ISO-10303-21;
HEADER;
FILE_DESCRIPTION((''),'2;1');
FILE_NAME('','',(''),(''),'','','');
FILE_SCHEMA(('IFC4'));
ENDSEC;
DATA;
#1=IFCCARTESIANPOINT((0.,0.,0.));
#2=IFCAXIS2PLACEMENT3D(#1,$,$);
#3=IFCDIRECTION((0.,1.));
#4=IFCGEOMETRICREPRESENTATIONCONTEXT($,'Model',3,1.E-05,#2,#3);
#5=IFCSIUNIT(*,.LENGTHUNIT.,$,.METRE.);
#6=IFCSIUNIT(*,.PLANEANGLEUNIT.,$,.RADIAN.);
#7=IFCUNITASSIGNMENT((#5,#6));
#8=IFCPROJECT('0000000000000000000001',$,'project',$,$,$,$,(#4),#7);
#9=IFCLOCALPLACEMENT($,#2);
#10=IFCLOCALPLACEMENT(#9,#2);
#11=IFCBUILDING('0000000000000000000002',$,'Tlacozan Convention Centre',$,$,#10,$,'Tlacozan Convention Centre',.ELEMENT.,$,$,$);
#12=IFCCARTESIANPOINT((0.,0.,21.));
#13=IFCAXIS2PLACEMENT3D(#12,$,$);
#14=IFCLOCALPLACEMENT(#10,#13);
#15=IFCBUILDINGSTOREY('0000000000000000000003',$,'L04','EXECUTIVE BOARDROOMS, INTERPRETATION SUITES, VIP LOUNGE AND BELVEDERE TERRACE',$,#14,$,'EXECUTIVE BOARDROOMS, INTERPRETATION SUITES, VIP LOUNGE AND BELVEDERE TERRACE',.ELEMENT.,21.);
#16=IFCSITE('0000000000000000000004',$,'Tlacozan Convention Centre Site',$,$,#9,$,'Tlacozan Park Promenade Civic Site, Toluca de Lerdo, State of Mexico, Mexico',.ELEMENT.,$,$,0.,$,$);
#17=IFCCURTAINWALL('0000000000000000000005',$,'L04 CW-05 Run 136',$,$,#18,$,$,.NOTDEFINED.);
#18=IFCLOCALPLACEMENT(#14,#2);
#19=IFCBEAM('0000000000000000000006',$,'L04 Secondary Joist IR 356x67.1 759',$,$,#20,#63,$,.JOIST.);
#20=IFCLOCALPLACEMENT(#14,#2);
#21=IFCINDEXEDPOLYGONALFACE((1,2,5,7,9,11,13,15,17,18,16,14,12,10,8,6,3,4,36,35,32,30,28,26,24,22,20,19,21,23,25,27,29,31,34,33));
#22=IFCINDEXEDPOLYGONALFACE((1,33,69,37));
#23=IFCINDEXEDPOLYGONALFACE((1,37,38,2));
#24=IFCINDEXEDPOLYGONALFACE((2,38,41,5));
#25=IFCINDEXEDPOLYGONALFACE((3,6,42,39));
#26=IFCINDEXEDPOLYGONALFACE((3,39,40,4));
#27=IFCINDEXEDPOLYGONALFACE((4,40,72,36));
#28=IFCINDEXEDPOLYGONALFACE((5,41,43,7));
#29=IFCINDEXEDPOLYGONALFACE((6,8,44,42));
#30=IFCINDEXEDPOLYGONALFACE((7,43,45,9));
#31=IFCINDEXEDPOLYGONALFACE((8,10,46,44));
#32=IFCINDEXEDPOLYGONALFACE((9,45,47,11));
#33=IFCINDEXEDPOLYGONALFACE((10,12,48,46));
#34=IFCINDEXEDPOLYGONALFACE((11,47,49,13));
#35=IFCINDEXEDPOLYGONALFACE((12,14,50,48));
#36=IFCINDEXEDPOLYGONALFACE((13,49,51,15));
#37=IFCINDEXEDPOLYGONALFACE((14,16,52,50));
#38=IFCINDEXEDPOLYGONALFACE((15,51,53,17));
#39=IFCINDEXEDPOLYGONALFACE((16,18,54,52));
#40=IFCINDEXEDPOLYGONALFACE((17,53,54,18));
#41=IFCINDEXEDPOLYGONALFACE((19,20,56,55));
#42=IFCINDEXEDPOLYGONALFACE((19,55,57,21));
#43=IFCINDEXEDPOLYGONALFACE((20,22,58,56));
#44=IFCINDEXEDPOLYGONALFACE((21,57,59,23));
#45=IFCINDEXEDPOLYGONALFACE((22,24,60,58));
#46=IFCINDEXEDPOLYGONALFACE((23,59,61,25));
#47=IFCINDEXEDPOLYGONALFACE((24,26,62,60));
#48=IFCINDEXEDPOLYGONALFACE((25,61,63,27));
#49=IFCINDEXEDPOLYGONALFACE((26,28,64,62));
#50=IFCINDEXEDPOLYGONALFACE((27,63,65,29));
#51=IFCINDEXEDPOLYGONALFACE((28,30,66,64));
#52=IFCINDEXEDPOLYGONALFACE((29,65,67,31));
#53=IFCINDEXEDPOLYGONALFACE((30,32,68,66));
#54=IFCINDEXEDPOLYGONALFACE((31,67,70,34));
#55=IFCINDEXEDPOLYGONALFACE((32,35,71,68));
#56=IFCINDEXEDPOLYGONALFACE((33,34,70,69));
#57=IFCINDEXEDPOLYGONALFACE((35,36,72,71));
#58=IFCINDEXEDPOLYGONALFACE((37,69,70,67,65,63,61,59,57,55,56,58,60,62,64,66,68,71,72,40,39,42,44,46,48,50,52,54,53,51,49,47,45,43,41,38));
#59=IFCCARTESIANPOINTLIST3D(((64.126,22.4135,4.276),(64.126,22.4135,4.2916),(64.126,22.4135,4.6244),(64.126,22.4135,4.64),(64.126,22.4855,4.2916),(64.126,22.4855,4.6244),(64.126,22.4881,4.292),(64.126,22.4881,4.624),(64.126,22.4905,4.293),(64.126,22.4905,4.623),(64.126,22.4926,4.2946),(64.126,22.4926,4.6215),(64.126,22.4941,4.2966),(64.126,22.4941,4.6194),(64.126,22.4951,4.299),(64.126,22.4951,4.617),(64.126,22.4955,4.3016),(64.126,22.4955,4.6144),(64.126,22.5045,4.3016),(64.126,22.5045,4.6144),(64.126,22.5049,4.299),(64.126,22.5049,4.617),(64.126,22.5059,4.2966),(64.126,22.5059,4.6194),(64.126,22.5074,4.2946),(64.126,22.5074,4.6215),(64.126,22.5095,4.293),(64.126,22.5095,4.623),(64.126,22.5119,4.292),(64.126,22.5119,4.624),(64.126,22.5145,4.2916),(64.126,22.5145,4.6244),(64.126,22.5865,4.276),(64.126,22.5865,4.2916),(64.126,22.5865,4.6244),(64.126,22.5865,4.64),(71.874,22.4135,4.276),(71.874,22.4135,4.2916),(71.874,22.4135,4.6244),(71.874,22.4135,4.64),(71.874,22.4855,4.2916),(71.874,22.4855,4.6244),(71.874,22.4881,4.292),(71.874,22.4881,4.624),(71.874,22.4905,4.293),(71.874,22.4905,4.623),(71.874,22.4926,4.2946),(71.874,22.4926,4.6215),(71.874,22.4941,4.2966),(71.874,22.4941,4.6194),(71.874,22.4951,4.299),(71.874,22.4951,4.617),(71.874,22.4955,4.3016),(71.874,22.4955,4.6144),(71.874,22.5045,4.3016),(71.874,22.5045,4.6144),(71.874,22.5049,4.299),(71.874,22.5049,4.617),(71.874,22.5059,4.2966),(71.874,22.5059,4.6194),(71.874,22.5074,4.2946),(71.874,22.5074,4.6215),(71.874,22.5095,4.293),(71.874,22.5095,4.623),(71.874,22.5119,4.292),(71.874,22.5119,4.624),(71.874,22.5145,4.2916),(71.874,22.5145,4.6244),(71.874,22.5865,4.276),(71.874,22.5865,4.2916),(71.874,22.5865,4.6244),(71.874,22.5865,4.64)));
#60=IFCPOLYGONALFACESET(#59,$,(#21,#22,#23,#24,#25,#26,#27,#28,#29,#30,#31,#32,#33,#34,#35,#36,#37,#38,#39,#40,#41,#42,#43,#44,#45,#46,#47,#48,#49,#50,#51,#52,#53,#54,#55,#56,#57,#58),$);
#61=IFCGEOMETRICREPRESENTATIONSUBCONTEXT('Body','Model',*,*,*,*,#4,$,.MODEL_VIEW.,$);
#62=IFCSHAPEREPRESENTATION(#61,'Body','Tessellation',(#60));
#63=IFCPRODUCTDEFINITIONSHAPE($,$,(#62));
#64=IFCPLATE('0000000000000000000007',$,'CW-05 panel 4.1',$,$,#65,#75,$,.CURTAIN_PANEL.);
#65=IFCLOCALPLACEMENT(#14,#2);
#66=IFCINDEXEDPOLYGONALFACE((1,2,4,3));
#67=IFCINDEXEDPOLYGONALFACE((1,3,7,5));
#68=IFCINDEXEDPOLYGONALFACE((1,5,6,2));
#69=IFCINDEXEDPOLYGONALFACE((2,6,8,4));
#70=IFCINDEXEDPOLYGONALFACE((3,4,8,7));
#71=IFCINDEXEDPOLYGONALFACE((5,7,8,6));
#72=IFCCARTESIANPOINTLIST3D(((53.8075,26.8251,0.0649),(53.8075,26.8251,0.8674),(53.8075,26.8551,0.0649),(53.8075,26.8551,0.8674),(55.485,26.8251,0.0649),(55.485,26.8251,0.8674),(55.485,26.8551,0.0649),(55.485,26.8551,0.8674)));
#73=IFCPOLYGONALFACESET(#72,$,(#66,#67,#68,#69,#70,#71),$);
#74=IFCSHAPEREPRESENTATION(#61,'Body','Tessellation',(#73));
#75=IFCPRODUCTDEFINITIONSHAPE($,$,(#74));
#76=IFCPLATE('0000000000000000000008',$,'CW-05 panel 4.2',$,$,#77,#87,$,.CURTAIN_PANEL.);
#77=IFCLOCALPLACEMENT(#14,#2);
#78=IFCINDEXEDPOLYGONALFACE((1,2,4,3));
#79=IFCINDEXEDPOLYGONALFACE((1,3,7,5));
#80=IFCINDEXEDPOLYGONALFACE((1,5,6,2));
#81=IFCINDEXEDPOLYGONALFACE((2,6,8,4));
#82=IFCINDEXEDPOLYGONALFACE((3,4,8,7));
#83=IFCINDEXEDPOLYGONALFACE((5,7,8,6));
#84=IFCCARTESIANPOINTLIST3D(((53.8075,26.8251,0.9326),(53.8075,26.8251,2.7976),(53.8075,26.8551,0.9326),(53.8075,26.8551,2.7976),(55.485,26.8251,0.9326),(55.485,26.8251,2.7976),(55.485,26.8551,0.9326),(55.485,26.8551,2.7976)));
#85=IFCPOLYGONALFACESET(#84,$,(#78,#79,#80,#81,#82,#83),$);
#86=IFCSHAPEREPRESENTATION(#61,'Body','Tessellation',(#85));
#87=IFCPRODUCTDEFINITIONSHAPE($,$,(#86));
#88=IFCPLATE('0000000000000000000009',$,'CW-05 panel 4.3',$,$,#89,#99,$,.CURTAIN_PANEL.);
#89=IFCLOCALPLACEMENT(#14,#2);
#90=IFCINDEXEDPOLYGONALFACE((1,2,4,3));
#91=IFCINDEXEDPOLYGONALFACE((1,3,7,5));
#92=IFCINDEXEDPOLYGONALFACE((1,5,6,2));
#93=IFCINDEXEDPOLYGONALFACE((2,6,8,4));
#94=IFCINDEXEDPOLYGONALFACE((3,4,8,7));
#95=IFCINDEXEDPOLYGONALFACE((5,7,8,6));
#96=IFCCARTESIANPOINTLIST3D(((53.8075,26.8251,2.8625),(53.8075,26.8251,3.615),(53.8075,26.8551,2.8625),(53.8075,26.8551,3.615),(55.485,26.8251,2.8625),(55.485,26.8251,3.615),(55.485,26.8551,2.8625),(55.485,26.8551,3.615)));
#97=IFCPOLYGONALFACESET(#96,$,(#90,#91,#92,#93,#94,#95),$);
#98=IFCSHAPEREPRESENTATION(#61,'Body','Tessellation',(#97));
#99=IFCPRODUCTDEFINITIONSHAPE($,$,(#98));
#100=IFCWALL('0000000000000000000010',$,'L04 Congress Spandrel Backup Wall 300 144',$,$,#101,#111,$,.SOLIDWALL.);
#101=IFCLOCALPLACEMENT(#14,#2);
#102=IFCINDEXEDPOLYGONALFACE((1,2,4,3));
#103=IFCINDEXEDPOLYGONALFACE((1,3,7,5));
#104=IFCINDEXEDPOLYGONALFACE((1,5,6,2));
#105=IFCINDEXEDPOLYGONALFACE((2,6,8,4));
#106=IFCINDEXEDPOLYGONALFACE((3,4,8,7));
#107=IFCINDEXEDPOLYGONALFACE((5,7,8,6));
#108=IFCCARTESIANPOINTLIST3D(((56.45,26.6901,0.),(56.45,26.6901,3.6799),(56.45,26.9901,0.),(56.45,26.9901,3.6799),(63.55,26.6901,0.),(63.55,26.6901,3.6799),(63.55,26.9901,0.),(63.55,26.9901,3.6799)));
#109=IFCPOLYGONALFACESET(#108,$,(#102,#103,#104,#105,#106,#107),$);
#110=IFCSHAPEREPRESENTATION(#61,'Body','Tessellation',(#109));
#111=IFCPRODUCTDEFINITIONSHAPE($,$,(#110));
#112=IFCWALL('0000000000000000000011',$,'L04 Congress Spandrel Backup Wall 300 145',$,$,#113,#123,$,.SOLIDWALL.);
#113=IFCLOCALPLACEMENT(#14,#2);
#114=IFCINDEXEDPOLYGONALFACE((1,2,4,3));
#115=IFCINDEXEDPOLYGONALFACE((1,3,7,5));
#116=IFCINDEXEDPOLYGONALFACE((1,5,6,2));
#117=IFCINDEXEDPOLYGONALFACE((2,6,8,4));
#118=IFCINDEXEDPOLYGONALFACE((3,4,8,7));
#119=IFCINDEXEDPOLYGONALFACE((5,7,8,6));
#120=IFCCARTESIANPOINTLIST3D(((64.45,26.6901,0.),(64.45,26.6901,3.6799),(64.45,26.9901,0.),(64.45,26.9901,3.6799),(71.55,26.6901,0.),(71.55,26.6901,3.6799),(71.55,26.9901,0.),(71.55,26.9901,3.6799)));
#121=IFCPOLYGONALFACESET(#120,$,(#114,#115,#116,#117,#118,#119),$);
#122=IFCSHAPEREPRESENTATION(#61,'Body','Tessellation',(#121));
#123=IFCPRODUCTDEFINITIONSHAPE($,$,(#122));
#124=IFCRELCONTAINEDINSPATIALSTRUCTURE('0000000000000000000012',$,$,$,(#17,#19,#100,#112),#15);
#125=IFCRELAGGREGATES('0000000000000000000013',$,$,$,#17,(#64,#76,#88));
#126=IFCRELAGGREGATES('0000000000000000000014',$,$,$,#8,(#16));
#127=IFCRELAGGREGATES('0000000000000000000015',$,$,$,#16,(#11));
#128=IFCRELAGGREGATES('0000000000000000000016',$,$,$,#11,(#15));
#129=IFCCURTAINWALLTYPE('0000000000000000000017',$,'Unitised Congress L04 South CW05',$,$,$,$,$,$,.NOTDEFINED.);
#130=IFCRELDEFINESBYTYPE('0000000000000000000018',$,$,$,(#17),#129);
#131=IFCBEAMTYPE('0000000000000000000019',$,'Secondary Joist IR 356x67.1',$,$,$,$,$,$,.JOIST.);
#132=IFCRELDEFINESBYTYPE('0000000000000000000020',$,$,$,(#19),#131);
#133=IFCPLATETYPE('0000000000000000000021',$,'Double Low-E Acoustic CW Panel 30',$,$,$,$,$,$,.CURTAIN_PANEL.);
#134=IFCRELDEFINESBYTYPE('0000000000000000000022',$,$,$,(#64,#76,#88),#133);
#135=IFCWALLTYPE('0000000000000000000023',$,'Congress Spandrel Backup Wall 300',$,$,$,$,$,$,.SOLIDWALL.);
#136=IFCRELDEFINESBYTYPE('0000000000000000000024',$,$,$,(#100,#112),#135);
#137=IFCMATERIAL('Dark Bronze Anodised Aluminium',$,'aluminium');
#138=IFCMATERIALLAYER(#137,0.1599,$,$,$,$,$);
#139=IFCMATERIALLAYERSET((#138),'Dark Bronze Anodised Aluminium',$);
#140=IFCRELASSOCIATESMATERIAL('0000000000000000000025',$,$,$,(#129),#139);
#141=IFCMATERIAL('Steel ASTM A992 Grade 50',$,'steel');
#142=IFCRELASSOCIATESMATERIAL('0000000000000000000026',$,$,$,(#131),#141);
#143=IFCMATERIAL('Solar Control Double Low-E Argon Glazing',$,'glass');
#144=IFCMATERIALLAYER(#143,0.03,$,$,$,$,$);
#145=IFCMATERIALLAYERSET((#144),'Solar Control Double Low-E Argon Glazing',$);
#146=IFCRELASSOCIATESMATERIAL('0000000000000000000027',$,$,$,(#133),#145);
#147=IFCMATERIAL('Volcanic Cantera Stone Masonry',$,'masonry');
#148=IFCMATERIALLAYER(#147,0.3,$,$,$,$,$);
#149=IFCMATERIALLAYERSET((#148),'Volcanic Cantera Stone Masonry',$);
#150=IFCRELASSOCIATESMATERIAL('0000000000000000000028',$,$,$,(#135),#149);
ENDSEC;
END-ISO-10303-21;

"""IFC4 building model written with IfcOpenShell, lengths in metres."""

from ifc_helpers import new_model, si_unit, direction, frame, frame_2d, origin, origin_2d, place, context, subcontext, project, spatial, rectangle, i_section, extrude, material, layer, layer_set, material_profile, profile_set, type_object, element, aggregate, save


model = new_model("IFC4")

# Units and contexts
model_context = context("Model", 3, precision=1e-05, world=origin(), true_north=direction((0.0, 1.0)))
body_context = subcontext(model_context, "Body", "Model", "MODEL_VIEW")
ifc_project = project(units=[si_unit("LENGTHUNIT", "METRE"), si_unit("PLANEANGLEUNIT", "RADIAN")], contexts=[model_context])

# Site, building, storey
site_placement = place(None, origin())
site = spatial("IfcSite", under=ifc_project, at=site_placement, Name="Tlacozan Convention Centre Site", LongName="Tlacozan Park Promenade Civic Site, Toluca de Lerdo, State of Mexico, Mexico", CompositionType="ELEMENT", RefElevation=0.0)
building_placement = place(site_placement, origin())
building = spatial("IfcBuilding", under=site, at=building_placement, Name="Tlacozan Convention Centre", LongName="Tlacozan Convention Centre", CompositionType="ELEMENT")
storey_placement = place(building_placement, frame((0.0, 0.0, 21.0)))
storey = spatial("IfcBuildingStorey", under=building, at=storey_placement, Name="L04", Description="EXECUTIVE BOARDROOMS, INTERPRETATION SUITES, VIP LOUNGE AND BELVEDERE TERRACE", LongName="EXECUTIVE BOARDROOMS, INTERPRETATION SUITES, VIP LOUNGE AND BELVEDERE TERRACE", CompositionType="ELEMENT", Elevation=21.0)

# Curtain wall
ifc_material_1 = material(Name="Dark Bronze Anodised Aluminium", Category="aluminium")
ifc_layer_1 = layer(ifc_material_1, 0.1599)
ifc_layer_set_1 = layer_set([ifc_layer_1], Name="Dark Bronze Anodised Aluminium")
curtain_wall_type = type_object("IfcCurtainWallType", Name="Unitised Congress L04 South CW05", PredefinedType="NOTDEFINED", material=ifc_layer_set_1)
curtain_wall_placement = place(storey_placement, origin())
curtain_wall = element("IfcCurtainWall", 1, at=curtain_wall_placement, inside=storey, type_object=curtain_wall_type, Name="L04 CW-05 Run 136", PredefinedType="NOTDEFINED")

# Beam
ifc_material_2 = material(Name="Steel ASTM A992 Grade 50", Category="steel")
ifc_material_profile_1 = material_profile(ifc_material_2, i_section(OverallWidth=0.1731, OverallDepth=0.364, WebThickness=0.009, FlangeThickness=0.0156, FilletRadius=0.01, at=origin_2d()), Name="IR 356x67.1")
ifc_profile_set_1 = profile_set([ifc_material_profile_1], Name="Steel ASTM A992 Grade 50")
beam_type_1 = type_object("IfcBeamType", Name="Secondary Joist IR 356x67.1", PredefinedType="JOIST", material=ifc_profile_set_1)
for number, where, z_axis, x_axis, name in (
    (2, (64.126, 22.5, 4.458), (1.0, 0.0, 0.0), (0.0, 1.0, 0.0), "L04 Secondary Joist IR 356x67.1 759"),
):
    element("IfcBeam", number, at=place(storey_placement, frame(where, z_axis=z_axis, x_axis=x_axis)), inside=storey, type_object=beam_type_1, Name=name, PredefinedType="JOIST", context=body_context, shape_type="SweptSolid", body=[
        extrude(i_section(OverallWidth=0.1731, OverallDepth=0.364, WebThickness=0.009, FlangeThickness=0.0156, FilletRadius=0.01, at=origin_2d()), origin(), (0.0, 0.0, 1.0), 7.748),
    ])

# Plates
ifc_material_3 = material(Name="Solar Control Double Low-E Argon Glazing", Category="glass")
ifc_layer_2 = layer(ifc_material_3, 0.03)
ifc_layer_set_2 = layer_set([ifc_layer_2], Name="Solar Control Double Low-E Argon Glazing")
plate_type = type_object("IfcPlateType", Name="Double Low-E Acoustic CW Panel 30", PredefinedType="CURTAIN_PANEL", material=ifc_layer_set_2)
plate_1_placement = place(storey_placement, frame((54.6462, 26.8401, 0.0649), z_axis=(0.0, 0.0, 1.0), x_axis=(1.0, 0.0, 0.0)))
plate_1 = element("IfcPlate", 3, at=plate_1_placement, type_object=plate_type, Name="CW-05 panel 4.1", PredefinedType="CURTAIN_PANEL", context=body_context, shape_type="SweptSolid", body=[
    extrude(rectangle(XDim=1.6775, YDim=0.03, at=origin_2d()), origin(), (0.0, 0.0, 1.0), 0.8025),
])
plate_2_placement = place(storey_placement, frame((54.6462, 26.8401, 0.9326), z_axis=(0.0, 0.0, 1.0), x_axis=(1.0, 0.0, 0.0)))
plate_2 = element("IfcPlate", 4, at=plate_2_placement, type_object=plate_type, Name="CW-05 panel 4.2", PredefinedType="CURTAIN_PANEL", context=body_context, shape_type="SweptSolid", body=[
    extrude(rectangle(XDim=1.6775, YDim=0.03, at=origin_2d()), origin(), (0.0, 0.0, 1.0), 1.865),
])
plate_3_placement = place(storey_placement, frame((54.6462, 26.8401, 2.8625), z_axis=(0.0, 0.0, 1.0), x_axis=(1.0, 0.0, 0.0)))
plate_3 = element("IfcPlate", 5, at=plate_3_placement, type_object=plate_type, Name="CW-05 panel 4.3", PredefinedType="CURTAIN_PANEL", context=body_context, shape_type="SweptSolid", body=[
    extrude(rectangle(XDim=1.6775, YDim=0.03, at=origin_2d()), origin(), (0.0, 0.0, 1.0), 0.7524),
])
aggregate(curtain_wall, [plate_1, plate_2, plate_3])

# Walls
ifc_material_4 = material(Name="Volcanic Cantera Stone Masonry", Category="masonry")
ifc_layer_3 = layer(ifc_material_4, 0.3)
ifc_layer_set_3 = layer_set([ifc_layer_3], Name="Volcanic Cantera Stone Masonry")
wall_type_1 = type_object("IfcWallType", Name="Congress Spandrel Backup Wall 300", PredefinedType="SOLIDWALL", material=ifc_layer_set_3)
for number, where, z_axis, x_axis, name in (
    (6, (56.45, 26.8401, 0.0), (0.0, 0.0, 1.0), (1.0, 0.0, 0.0), "L04 Congress Spandrel Backup Wall 300 144"),
    (7, (64.45, 26.8401, 0.0), (0.0, 0.0, 1.0), (1.0, 0.0, 0.0), "L04 Congress Spandrel Backup Wall 300 145"),
):
    element("IfcWall", number, at=place(storey_placement, frame(where, z_axis=z_axis, x_axis=x_axis)), inside=storey, type_object=wall_type_1, Name=name, PredefinedType="SOLIDWALL", context=body_context, shape_type="SweptSolid", body=[
        extrude(rectangle(XDim=7.1001, YDim=0.3, at=frame_2d((3.55, 0.0))), origin(), (0.0, 0.0, 1.0), 3.6799),
    ])

save(model, "model.ifc")
